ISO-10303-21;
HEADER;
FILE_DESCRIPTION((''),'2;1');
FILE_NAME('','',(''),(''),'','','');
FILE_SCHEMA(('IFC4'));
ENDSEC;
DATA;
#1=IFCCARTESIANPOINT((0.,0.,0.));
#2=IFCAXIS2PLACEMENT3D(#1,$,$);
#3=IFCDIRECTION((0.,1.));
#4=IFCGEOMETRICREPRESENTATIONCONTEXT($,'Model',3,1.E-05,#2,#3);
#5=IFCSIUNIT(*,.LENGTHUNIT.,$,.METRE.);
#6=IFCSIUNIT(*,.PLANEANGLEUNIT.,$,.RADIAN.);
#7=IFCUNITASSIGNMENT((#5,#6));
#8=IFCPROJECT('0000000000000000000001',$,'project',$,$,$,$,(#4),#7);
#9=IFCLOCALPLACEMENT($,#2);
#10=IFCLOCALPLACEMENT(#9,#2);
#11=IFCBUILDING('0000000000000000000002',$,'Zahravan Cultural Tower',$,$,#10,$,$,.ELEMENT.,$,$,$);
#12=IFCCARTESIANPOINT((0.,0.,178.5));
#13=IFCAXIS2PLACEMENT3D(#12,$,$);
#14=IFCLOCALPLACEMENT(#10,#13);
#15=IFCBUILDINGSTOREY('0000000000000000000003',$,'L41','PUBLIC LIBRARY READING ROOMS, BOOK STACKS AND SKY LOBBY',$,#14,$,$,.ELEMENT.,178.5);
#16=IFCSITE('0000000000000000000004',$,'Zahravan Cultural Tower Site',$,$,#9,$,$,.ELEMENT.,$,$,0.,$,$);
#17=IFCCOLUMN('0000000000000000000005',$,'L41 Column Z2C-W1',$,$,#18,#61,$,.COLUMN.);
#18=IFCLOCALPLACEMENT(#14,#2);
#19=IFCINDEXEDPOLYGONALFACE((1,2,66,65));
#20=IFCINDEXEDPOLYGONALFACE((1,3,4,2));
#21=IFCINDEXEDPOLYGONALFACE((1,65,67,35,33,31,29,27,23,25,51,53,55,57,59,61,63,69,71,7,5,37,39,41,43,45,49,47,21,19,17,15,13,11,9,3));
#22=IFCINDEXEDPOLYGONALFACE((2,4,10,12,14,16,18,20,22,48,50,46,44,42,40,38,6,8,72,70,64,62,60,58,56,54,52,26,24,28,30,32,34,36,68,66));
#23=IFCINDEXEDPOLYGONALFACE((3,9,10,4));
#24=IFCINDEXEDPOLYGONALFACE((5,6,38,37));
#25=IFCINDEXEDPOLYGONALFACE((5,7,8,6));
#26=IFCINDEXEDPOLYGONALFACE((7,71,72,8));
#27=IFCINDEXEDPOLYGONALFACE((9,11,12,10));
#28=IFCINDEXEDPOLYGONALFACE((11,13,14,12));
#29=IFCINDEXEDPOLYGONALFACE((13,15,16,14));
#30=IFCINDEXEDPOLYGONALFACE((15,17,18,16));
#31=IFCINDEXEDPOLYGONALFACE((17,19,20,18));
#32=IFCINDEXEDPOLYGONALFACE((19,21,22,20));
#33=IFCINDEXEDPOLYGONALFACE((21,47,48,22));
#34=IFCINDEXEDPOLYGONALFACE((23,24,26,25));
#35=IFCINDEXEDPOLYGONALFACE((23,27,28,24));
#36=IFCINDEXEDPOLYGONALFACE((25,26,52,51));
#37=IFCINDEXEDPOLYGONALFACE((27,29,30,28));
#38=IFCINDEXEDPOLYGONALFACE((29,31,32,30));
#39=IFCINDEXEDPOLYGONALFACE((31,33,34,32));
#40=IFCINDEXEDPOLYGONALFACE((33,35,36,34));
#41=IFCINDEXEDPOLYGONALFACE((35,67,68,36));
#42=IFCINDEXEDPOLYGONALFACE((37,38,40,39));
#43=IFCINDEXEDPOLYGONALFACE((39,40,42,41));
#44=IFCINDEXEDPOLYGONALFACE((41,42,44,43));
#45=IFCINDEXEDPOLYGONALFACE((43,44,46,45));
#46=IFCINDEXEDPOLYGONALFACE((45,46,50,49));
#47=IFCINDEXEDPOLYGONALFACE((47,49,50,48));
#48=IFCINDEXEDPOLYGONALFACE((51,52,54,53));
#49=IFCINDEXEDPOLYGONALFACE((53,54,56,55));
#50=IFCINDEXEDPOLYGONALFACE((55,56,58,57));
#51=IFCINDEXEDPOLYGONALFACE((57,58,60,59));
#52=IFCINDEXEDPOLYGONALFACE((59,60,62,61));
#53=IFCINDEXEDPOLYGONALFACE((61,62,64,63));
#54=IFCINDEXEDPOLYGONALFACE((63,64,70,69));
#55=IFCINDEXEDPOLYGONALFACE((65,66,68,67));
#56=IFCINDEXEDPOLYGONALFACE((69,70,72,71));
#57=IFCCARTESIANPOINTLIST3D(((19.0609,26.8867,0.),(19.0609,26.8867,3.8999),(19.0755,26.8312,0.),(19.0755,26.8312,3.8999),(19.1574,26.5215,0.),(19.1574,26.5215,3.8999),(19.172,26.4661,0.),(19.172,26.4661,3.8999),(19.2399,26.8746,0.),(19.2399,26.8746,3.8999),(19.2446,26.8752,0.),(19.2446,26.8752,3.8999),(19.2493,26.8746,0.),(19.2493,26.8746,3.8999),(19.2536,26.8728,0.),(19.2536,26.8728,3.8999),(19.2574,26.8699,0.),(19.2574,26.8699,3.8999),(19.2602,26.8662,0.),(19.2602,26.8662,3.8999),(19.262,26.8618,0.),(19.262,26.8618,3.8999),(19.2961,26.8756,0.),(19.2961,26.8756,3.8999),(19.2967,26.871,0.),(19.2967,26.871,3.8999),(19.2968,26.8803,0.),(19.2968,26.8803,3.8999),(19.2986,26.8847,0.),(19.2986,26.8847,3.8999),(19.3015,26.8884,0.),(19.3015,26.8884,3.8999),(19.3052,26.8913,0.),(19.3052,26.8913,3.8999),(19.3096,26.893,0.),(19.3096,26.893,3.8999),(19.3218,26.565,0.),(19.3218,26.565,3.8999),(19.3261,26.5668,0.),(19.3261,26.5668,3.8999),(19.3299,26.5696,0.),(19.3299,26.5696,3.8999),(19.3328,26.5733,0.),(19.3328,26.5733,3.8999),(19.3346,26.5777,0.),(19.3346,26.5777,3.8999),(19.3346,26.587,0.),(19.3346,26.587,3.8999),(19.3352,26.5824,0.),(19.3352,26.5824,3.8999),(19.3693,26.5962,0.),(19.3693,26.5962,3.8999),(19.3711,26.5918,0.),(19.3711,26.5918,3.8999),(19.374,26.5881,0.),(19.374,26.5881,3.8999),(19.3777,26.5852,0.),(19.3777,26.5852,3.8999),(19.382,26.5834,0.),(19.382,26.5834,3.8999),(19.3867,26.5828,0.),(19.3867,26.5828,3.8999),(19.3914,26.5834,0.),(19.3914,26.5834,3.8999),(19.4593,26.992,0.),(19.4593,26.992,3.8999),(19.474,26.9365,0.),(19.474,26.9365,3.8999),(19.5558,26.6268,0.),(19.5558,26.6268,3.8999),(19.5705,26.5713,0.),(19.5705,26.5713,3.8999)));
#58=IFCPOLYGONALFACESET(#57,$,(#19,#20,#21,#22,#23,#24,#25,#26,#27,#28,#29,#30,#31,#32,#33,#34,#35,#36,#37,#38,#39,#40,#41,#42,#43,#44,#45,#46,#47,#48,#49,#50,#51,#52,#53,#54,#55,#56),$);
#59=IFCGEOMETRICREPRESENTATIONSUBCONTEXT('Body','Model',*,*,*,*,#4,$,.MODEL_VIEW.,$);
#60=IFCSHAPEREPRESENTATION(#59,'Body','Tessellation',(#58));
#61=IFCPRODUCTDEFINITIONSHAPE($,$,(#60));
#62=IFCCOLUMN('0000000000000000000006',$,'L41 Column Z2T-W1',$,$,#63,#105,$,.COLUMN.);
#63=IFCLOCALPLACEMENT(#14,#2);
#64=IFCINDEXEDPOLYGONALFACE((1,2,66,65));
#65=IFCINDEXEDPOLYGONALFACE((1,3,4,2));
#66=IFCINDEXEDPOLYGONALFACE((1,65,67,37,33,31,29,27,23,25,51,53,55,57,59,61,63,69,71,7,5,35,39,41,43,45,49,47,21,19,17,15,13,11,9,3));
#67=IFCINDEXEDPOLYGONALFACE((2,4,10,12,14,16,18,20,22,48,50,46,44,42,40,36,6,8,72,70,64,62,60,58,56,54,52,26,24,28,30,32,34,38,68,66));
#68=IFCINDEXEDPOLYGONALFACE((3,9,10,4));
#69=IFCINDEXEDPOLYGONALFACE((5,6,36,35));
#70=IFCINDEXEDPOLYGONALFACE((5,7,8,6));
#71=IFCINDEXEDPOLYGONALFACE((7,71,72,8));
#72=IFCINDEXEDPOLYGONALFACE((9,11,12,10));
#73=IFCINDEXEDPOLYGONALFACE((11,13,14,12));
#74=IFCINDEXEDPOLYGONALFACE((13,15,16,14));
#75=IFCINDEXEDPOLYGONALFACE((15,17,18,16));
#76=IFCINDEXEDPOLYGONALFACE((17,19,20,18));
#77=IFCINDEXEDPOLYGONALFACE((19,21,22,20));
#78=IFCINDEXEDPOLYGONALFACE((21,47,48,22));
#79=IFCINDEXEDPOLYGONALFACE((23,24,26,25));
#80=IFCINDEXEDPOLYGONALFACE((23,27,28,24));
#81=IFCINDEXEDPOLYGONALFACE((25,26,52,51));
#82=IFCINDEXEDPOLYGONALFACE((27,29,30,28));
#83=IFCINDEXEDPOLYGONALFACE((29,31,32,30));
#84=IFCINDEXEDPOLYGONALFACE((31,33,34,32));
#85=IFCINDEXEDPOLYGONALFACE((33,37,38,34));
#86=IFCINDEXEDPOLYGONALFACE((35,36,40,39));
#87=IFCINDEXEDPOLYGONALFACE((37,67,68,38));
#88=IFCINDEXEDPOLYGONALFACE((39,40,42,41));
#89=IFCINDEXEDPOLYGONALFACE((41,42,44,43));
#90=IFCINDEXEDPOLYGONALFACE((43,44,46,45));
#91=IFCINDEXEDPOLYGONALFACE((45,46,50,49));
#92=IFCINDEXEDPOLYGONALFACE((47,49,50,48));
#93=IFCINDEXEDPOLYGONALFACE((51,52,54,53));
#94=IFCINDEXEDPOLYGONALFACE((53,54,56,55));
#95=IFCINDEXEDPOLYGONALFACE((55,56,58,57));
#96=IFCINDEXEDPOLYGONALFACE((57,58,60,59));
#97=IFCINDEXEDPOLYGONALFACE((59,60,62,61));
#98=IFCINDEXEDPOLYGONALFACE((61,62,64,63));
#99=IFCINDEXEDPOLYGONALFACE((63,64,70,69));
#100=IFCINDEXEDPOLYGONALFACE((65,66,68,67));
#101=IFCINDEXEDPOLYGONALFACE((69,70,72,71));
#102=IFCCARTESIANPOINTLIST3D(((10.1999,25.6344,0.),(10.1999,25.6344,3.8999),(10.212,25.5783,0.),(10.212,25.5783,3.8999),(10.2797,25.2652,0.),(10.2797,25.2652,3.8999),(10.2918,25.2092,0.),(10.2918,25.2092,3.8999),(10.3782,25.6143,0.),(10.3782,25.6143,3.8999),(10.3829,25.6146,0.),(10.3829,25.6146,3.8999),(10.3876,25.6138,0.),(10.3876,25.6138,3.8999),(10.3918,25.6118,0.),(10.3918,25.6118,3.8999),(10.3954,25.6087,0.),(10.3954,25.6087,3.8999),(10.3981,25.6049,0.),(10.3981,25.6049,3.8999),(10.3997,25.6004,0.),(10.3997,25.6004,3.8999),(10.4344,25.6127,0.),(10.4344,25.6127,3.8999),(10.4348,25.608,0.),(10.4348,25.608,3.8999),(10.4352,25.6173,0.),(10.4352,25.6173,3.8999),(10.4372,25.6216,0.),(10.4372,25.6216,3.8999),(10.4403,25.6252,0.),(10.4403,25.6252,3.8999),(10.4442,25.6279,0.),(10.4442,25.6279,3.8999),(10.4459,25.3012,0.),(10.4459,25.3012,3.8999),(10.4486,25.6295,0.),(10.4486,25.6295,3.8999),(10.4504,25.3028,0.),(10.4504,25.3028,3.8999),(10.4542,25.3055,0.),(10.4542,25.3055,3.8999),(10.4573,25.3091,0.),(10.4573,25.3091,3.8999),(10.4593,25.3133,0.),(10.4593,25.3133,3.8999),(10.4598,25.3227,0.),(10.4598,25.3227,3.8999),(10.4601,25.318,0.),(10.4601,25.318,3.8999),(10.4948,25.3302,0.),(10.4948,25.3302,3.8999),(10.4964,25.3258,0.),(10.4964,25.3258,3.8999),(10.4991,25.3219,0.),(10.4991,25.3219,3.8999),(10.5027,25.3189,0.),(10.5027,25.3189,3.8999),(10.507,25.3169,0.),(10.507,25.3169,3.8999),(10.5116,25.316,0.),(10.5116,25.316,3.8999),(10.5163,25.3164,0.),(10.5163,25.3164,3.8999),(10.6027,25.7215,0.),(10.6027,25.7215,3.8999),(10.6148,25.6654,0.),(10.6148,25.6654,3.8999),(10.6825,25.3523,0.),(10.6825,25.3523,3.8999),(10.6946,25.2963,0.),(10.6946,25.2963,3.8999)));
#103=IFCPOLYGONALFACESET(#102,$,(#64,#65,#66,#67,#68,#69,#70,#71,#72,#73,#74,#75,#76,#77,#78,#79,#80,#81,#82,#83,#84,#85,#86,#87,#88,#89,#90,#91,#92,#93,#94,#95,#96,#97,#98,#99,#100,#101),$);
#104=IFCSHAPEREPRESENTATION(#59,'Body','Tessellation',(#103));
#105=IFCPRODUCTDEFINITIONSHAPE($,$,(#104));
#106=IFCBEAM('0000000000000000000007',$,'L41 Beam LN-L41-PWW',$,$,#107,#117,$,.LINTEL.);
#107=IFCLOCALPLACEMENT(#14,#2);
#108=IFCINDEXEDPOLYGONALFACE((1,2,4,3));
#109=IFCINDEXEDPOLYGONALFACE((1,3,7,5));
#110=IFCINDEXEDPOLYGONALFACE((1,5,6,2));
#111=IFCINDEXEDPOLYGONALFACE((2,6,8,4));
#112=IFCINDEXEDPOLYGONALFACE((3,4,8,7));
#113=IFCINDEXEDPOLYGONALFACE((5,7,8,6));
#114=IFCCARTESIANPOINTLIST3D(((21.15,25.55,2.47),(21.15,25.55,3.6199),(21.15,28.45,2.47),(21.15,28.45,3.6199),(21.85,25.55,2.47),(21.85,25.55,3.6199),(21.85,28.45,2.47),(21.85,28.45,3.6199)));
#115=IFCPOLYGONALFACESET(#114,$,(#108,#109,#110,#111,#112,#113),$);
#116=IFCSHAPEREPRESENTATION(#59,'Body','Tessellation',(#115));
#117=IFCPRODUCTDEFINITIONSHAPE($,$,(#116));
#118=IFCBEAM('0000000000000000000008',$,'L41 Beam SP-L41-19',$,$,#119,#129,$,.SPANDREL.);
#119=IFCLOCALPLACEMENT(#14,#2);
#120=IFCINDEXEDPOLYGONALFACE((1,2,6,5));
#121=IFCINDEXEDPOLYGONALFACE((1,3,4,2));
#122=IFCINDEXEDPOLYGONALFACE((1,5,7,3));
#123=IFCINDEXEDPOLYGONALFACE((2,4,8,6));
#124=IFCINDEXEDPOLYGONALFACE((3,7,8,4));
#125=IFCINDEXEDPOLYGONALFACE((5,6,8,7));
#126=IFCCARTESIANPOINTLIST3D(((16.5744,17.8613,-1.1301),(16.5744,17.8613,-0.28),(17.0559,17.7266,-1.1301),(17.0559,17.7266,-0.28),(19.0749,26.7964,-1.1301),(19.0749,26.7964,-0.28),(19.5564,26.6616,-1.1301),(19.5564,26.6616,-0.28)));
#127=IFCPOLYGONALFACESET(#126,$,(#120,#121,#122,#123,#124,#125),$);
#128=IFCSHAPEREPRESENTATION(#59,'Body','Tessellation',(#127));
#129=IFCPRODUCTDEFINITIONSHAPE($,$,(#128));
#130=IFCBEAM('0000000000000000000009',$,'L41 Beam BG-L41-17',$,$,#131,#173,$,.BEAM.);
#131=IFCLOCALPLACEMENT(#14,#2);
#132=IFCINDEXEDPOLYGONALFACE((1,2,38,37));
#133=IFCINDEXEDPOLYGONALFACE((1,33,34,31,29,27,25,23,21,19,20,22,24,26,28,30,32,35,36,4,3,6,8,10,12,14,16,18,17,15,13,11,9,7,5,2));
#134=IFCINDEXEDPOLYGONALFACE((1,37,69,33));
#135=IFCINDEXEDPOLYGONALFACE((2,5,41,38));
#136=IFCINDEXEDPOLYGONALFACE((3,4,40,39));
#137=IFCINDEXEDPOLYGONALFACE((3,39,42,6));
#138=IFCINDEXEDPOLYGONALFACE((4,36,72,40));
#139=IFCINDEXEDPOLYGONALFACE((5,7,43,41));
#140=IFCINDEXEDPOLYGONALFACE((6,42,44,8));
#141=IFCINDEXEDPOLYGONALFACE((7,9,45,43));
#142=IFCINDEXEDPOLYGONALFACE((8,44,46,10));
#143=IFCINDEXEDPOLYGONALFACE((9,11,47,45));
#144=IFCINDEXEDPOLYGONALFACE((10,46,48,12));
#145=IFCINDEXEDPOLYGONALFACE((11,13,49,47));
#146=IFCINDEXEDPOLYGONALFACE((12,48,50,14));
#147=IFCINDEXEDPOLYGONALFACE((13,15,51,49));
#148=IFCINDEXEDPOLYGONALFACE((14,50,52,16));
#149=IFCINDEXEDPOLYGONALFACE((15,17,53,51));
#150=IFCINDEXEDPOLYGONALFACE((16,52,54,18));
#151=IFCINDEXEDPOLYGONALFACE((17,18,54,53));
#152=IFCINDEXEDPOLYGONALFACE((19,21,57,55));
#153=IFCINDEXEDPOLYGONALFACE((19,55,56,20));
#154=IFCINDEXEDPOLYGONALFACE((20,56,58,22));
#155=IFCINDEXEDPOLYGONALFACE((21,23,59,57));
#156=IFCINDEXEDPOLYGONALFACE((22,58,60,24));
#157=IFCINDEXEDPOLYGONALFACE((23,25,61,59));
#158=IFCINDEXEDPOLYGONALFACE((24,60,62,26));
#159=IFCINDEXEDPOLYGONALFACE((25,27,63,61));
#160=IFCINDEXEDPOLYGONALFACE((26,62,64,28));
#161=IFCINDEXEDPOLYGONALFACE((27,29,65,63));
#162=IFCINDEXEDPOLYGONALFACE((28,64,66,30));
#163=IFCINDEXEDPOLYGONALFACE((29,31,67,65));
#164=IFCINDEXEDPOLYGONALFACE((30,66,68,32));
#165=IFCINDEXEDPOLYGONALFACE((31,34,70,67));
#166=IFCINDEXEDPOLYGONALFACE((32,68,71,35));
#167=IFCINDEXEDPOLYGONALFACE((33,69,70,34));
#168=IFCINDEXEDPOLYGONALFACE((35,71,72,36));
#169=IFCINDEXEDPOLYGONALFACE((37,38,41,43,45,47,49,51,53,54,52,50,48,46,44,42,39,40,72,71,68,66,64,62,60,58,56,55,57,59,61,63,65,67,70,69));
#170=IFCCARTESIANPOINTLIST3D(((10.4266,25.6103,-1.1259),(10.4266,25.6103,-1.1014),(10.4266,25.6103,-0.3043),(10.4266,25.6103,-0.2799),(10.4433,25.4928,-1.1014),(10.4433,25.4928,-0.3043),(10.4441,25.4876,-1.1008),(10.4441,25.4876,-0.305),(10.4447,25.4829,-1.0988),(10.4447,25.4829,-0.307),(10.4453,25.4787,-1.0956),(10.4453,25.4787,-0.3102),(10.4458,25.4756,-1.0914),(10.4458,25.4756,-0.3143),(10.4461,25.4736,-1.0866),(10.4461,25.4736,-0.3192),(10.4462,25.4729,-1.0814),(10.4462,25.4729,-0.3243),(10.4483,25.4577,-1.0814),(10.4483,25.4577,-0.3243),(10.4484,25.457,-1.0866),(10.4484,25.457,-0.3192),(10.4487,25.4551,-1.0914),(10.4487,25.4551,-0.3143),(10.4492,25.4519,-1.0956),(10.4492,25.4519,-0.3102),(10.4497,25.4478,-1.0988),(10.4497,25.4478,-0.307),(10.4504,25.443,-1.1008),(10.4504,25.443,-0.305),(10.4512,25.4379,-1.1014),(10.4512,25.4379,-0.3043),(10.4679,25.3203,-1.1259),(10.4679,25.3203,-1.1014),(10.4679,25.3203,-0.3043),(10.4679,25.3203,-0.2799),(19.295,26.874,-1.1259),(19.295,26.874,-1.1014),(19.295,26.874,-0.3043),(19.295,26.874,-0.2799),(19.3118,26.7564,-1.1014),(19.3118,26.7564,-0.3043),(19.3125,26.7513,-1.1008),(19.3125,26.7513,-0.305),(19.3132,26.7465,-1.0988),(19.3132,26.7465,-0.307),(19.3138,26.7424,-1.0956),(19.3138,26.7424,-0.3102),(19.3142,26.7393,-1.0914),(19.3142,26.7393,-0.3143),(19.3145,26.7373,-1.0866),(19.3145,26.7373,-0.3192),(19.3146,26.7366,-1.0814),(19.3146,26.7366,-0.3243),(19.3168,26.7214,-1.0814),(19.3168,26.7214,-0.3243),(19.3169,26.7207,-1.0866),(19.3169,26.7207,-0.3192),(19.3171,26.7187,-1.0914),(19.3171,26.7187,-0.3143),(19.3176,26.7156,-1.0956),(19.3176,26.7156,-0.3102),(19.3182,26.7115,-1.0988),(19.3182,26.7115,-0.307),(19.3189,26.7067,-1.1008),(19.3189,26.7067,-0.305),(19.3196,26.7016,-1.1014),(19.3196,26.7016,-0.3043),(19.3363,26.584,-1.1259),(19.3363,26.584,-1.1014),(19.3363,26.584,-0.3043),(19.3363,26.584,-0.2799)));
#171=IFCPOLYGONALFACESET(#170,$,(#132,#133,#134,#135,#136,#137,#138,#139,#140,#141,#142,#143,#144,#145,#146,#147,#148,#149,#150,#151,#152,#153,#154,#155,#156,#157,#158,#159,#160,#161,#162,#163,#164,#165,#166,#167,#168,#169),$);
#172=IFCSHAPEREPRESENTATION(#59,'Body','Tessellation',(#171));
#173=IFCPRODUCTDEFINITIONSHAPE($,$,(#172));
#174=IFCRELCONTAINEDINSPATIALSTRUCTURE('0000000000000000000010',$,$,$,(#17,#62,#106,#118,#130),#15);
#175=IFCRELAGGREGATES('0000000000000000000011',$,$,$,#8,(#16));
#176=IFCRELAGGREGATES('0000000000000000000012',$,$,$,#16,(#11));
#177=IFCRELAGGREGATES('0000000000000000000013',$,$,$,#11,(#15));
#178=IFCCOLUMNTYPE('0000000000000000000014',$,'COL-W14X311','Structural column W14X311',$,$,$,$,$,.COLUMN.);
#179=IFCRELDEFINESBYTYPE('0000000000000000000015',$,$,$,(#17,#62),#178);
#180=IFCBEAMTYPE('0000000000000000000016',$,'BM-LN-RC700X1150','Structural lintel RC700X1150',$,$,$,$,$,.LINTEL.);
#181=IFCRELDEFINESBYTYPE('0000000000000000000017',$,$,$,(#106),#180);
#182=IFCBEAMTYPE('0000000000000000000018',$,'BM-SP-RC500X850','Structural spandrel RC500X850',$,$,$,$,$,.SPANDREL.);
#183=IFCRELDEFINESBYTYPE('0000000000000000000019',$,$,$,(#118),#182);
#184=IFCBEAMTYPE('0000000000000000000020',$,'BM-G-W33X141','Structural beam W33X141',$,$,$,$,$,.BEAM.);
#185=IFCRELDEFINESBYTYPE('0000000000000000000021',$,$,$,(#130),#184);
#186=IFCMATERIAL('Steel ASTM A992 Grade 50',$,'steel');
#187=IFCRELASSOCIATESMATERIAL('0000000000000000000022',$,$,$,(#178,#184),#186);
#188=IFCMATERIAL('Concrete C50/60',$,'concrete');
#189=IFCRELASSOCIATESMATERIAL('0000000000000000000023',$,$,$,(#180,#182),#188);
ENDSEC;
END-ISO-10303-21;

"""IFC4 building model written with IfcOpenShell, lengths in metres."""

from ifc_helpers import new_model, si_unit, direction, frame, origin, origin_2d, place, context, subcontext, project, spatial, rectangle, i_section, extrude, source, transform, mapped, material, material_profile, profile_set, type_object, element, save


model = new_model("IFC4")

# Units and contexts
model_context = context("Model", 3, precision=1e-05, world=origin(), true_north=direction((0.0, 1.0)))
body_context = subcontext(model_context, "Body", "Model", "MODEL_VIEW")
ifc_project = project(units=[si_unit("LENGTHUNIT", "METRE"), si_unit("PLANEANGLEUNIT", "RADIAN")], contexts=[model_context])

# Site, building, storey
site_placement = place(None, origin())
site = spatial("IfcSite", under=ifc_project, at=site_placement, Name="Zahravan Cultural Tower Site", CompositionType="ELEMENT", RefElevation=0.0)
building_placement = place(site_placement, origin())
building = spatial("IfcBuilding", under=site, at=building_placement, Name="Zahravan Cultural Tower", CompositionType="ELEMENT")
storey_placement = place(building_placement, frame((0.0, 0.0, 178.5)))
storey = spatial("IfcBuildingStorey", under=building, at=storey_placement, Name="L41", Description="PUBLIC LIBRARY READING ROOMS, BOOK STACKS AND SKY LOBBY", CompositionType="ELEMENT", Elevation=178.5)

# Columns
ifc_material_1 = material(Name="Steel ASTM A992 Grade 50", Category="steel")
ifc_material_profile_1 = material_profile(ifc_material_1, i_section(OverallWidth=0.4121, OverallDepth=0.4351, WebThickness=0.0359, FlangeThickness=0.0574, FilletRadius=0.0181, at=origin_2d()), Name="W14X311")
ifc_profile_set_1 = profile_set([ifc_material_profile_1], Name="Steel ASTM A992 Grade 50")
column_type = type_object("IfcColumnType", Name="COL-W14X311", Description="Structural column W14X311", PredefinedType="COLUMN", material=ifc_profile_set_1)
shared_shape_1 = source(origin(), body_context, "Body", "SweptSolid", [
    extrude(i_section(OverallWidth=0.4121, OverallDepth=0.4351, WebThickness=0.0359, FlangeThickness=0.0574, FilletRadius=0.0181, at=origin_2d()), origin(), (0.0, 0.0, 1.0), 3.8999),
])
for number, where, z_axis, x_axis, name in (
    (1, (19.3157, 26.729, 0.0), (0.0, 0.0, 1.0), (0.966823, 0.255446, 0.0), "L41 Column Z2C-W1"),
    (2, (10.4473, 25.4653, 0.0), (0.0, 0.0, 1.0), (0.977416, 0.211325, 0.0), "L41 Column Z2T-W1"),
):
    element("IfcColumn", number, at=place(storey_placement, frame(where, z_axis=z_axis, x_axis=x_axis)), inside=storey, type_object=column_type, Name=name, PredefinedType="COLUMN", context=body_context, shape_type="MappedRepresentation", body=[
        mapped(shared_shape_1, transform((0.0, 0.0, 0.0), x_axis=(1.0, 0.0, 0.0), y_axis=(0.0, 1.0, 0.0), z_axis=(0.0, 0.0, 1.0), scale=1.0)),
    ])

# Beams
ifc_material_2 = material(Name="Concrete C50/60", Category="concrete")
ifc_material_profile_2 = material_profile(ifc_material_2, rectangle(XDim=0.7, YDim=1.1499, at=origin_2d()), Name="RC700X1150")
ifc_profile_set_2 = profile_set([ifc_material_profile_2], Name="Concrete C50/60")
beam_type_1 = type_object("IfcBeamType", Name="BM-LN-RC700X1150", Description="Structural lintel RC700X1150", PredefinedType="LINTEL", material=ifc_profile_set_2)
shared_shape_2 = source(origin(), body_context, "Body", "SweptSolid", [
    extrude(rectangle(XDim=0.7, YDim=1.1499, at=origin_2d()), origin(), (0.0, 0.0, 1.0), 2.8999),
])
beam_1_placement = place(storey_placement, frame((21.5, 25.55, 3.0449), z_axis=(0.0, 1.0, 0.0), x_axis=(-1.0, 0.0, 0.0)))
element("IfcBeam", 3, at=beam_1_placement, inside=storey, type_object=beam_type_1, Name="L41 Beam LN-L41-PWW", PredefinedType="LINTEL", context=body_context, shape_type="MappedRepresentation", body=[
    mapped(shared_shape_2, transform((0.0, 0.0, 0.0), x_axis=(1.0, 0.0, 0.0), y_axis=(0.0, 1.0, 0.0), z_axis=(0.0, 0.0, 1.0), scale=1.0)),
])
ifc_material_profile_3 = material_profile(ifc_material_2, rectangle(XDim=0.5, YDim=0.8501, at=origin_2d()), Name="RC500X850")
ifc_profile_set_3 = profile_set([ifc_material_profile_3], Name="Concrete C50/60")
beam_type_2 = type_object("IfcBeamType", Name="BM-SP-RC500X850", Description="Structural spandrel RC500X850", PredefinedType="SPANDREL", material=ifc_profile_set_3)
shared_shape_3 = source(origin(), body_context, "Body", "SweptSolid", [
    extrude(rectangle(XDim=0.5, YDim=0.8501, at=origin_2d()), origin(), (0.0, 0.0, 1.0), 9.2783),
])
beam_2_placement = place(storey_placement, frame((19.3157, 26.729, -0.7051), z_axis=(-0.269497, -0.963001, 0.0), x_axis=(0.963001, -0.269497, 0.0)))
element("IfcBeam", 4, at=beam_2_placement, inside=storey, type_object=beam_type_2, Name="L41 Beam SP-L41-19", PredefinedType="SPANDREL", context=body_context, shape_type="MappedRepresentation", body=[
    mapped(shared_shape_3, transform((0.0, 0.0, 0.0), x_axis=(1.0, 0.0, 0.0), y_axis=(0.0, 1.0, 0.0), z_axis=(0.0, 0.0, 1.0), scale=1.0)),
])
ifc_material_profile_4 = material_profile(ifc_material_1, i_section(OverallWidth=0.293, OverallDepth=0.8459, WebThickness=0.0154, FlangeThickness=0.0244, FilletRadius=0.02, at=origin_2d()), Name="W33X141")
ifc_profile_set_4 = profile_set([ifc_material_profile_4], Name="Steel ASTM A992 Grade 50")
beam_type_3 = type_object("IfcBeamType", Name="BM-G-W33X141", Description="Structural beam W33X141", PredefinedType="BEAM", material=ifc_profile_set_4)
shared_shape_4 = source(origin(), body_context, "Body", "SweptSolid", [
    extrude(i_section(OverallWidth=0.293, OverallDepth=0.8459, WebThickness=0.0154, FlangeThickness=0.0244, FilletRadius=0.02, at=origin_2d()), origin(), (0.0, 0.0, 1.0), 8.958),
])
beam_3_placement = place(storey_placement, frame((19.3157, 26.729, -0.7029), z_axis=(-0.99, -0.141067, 0.0), x_axis=(0.141067, -0.99, 0.0)))
element("IfcBeam", 5, at=beam_3_placement, inside=storey, type_object=beam_type_3, Name="L41 Beam BG-L41-17", PredefinedType="BEAM", context=body_context, shape_type="MappedRepresentation", body=[
    mapped(shared_shape_4, transform((0.0, 0.0, 0.0), x_axis=(1.0, 0.0, 0.0), y_axis=(0.0, 1.0, 0.0), z_axis=(0.0, 0.0, 1.0), scale=1.0)),
])

save(model, "model.ifc")
